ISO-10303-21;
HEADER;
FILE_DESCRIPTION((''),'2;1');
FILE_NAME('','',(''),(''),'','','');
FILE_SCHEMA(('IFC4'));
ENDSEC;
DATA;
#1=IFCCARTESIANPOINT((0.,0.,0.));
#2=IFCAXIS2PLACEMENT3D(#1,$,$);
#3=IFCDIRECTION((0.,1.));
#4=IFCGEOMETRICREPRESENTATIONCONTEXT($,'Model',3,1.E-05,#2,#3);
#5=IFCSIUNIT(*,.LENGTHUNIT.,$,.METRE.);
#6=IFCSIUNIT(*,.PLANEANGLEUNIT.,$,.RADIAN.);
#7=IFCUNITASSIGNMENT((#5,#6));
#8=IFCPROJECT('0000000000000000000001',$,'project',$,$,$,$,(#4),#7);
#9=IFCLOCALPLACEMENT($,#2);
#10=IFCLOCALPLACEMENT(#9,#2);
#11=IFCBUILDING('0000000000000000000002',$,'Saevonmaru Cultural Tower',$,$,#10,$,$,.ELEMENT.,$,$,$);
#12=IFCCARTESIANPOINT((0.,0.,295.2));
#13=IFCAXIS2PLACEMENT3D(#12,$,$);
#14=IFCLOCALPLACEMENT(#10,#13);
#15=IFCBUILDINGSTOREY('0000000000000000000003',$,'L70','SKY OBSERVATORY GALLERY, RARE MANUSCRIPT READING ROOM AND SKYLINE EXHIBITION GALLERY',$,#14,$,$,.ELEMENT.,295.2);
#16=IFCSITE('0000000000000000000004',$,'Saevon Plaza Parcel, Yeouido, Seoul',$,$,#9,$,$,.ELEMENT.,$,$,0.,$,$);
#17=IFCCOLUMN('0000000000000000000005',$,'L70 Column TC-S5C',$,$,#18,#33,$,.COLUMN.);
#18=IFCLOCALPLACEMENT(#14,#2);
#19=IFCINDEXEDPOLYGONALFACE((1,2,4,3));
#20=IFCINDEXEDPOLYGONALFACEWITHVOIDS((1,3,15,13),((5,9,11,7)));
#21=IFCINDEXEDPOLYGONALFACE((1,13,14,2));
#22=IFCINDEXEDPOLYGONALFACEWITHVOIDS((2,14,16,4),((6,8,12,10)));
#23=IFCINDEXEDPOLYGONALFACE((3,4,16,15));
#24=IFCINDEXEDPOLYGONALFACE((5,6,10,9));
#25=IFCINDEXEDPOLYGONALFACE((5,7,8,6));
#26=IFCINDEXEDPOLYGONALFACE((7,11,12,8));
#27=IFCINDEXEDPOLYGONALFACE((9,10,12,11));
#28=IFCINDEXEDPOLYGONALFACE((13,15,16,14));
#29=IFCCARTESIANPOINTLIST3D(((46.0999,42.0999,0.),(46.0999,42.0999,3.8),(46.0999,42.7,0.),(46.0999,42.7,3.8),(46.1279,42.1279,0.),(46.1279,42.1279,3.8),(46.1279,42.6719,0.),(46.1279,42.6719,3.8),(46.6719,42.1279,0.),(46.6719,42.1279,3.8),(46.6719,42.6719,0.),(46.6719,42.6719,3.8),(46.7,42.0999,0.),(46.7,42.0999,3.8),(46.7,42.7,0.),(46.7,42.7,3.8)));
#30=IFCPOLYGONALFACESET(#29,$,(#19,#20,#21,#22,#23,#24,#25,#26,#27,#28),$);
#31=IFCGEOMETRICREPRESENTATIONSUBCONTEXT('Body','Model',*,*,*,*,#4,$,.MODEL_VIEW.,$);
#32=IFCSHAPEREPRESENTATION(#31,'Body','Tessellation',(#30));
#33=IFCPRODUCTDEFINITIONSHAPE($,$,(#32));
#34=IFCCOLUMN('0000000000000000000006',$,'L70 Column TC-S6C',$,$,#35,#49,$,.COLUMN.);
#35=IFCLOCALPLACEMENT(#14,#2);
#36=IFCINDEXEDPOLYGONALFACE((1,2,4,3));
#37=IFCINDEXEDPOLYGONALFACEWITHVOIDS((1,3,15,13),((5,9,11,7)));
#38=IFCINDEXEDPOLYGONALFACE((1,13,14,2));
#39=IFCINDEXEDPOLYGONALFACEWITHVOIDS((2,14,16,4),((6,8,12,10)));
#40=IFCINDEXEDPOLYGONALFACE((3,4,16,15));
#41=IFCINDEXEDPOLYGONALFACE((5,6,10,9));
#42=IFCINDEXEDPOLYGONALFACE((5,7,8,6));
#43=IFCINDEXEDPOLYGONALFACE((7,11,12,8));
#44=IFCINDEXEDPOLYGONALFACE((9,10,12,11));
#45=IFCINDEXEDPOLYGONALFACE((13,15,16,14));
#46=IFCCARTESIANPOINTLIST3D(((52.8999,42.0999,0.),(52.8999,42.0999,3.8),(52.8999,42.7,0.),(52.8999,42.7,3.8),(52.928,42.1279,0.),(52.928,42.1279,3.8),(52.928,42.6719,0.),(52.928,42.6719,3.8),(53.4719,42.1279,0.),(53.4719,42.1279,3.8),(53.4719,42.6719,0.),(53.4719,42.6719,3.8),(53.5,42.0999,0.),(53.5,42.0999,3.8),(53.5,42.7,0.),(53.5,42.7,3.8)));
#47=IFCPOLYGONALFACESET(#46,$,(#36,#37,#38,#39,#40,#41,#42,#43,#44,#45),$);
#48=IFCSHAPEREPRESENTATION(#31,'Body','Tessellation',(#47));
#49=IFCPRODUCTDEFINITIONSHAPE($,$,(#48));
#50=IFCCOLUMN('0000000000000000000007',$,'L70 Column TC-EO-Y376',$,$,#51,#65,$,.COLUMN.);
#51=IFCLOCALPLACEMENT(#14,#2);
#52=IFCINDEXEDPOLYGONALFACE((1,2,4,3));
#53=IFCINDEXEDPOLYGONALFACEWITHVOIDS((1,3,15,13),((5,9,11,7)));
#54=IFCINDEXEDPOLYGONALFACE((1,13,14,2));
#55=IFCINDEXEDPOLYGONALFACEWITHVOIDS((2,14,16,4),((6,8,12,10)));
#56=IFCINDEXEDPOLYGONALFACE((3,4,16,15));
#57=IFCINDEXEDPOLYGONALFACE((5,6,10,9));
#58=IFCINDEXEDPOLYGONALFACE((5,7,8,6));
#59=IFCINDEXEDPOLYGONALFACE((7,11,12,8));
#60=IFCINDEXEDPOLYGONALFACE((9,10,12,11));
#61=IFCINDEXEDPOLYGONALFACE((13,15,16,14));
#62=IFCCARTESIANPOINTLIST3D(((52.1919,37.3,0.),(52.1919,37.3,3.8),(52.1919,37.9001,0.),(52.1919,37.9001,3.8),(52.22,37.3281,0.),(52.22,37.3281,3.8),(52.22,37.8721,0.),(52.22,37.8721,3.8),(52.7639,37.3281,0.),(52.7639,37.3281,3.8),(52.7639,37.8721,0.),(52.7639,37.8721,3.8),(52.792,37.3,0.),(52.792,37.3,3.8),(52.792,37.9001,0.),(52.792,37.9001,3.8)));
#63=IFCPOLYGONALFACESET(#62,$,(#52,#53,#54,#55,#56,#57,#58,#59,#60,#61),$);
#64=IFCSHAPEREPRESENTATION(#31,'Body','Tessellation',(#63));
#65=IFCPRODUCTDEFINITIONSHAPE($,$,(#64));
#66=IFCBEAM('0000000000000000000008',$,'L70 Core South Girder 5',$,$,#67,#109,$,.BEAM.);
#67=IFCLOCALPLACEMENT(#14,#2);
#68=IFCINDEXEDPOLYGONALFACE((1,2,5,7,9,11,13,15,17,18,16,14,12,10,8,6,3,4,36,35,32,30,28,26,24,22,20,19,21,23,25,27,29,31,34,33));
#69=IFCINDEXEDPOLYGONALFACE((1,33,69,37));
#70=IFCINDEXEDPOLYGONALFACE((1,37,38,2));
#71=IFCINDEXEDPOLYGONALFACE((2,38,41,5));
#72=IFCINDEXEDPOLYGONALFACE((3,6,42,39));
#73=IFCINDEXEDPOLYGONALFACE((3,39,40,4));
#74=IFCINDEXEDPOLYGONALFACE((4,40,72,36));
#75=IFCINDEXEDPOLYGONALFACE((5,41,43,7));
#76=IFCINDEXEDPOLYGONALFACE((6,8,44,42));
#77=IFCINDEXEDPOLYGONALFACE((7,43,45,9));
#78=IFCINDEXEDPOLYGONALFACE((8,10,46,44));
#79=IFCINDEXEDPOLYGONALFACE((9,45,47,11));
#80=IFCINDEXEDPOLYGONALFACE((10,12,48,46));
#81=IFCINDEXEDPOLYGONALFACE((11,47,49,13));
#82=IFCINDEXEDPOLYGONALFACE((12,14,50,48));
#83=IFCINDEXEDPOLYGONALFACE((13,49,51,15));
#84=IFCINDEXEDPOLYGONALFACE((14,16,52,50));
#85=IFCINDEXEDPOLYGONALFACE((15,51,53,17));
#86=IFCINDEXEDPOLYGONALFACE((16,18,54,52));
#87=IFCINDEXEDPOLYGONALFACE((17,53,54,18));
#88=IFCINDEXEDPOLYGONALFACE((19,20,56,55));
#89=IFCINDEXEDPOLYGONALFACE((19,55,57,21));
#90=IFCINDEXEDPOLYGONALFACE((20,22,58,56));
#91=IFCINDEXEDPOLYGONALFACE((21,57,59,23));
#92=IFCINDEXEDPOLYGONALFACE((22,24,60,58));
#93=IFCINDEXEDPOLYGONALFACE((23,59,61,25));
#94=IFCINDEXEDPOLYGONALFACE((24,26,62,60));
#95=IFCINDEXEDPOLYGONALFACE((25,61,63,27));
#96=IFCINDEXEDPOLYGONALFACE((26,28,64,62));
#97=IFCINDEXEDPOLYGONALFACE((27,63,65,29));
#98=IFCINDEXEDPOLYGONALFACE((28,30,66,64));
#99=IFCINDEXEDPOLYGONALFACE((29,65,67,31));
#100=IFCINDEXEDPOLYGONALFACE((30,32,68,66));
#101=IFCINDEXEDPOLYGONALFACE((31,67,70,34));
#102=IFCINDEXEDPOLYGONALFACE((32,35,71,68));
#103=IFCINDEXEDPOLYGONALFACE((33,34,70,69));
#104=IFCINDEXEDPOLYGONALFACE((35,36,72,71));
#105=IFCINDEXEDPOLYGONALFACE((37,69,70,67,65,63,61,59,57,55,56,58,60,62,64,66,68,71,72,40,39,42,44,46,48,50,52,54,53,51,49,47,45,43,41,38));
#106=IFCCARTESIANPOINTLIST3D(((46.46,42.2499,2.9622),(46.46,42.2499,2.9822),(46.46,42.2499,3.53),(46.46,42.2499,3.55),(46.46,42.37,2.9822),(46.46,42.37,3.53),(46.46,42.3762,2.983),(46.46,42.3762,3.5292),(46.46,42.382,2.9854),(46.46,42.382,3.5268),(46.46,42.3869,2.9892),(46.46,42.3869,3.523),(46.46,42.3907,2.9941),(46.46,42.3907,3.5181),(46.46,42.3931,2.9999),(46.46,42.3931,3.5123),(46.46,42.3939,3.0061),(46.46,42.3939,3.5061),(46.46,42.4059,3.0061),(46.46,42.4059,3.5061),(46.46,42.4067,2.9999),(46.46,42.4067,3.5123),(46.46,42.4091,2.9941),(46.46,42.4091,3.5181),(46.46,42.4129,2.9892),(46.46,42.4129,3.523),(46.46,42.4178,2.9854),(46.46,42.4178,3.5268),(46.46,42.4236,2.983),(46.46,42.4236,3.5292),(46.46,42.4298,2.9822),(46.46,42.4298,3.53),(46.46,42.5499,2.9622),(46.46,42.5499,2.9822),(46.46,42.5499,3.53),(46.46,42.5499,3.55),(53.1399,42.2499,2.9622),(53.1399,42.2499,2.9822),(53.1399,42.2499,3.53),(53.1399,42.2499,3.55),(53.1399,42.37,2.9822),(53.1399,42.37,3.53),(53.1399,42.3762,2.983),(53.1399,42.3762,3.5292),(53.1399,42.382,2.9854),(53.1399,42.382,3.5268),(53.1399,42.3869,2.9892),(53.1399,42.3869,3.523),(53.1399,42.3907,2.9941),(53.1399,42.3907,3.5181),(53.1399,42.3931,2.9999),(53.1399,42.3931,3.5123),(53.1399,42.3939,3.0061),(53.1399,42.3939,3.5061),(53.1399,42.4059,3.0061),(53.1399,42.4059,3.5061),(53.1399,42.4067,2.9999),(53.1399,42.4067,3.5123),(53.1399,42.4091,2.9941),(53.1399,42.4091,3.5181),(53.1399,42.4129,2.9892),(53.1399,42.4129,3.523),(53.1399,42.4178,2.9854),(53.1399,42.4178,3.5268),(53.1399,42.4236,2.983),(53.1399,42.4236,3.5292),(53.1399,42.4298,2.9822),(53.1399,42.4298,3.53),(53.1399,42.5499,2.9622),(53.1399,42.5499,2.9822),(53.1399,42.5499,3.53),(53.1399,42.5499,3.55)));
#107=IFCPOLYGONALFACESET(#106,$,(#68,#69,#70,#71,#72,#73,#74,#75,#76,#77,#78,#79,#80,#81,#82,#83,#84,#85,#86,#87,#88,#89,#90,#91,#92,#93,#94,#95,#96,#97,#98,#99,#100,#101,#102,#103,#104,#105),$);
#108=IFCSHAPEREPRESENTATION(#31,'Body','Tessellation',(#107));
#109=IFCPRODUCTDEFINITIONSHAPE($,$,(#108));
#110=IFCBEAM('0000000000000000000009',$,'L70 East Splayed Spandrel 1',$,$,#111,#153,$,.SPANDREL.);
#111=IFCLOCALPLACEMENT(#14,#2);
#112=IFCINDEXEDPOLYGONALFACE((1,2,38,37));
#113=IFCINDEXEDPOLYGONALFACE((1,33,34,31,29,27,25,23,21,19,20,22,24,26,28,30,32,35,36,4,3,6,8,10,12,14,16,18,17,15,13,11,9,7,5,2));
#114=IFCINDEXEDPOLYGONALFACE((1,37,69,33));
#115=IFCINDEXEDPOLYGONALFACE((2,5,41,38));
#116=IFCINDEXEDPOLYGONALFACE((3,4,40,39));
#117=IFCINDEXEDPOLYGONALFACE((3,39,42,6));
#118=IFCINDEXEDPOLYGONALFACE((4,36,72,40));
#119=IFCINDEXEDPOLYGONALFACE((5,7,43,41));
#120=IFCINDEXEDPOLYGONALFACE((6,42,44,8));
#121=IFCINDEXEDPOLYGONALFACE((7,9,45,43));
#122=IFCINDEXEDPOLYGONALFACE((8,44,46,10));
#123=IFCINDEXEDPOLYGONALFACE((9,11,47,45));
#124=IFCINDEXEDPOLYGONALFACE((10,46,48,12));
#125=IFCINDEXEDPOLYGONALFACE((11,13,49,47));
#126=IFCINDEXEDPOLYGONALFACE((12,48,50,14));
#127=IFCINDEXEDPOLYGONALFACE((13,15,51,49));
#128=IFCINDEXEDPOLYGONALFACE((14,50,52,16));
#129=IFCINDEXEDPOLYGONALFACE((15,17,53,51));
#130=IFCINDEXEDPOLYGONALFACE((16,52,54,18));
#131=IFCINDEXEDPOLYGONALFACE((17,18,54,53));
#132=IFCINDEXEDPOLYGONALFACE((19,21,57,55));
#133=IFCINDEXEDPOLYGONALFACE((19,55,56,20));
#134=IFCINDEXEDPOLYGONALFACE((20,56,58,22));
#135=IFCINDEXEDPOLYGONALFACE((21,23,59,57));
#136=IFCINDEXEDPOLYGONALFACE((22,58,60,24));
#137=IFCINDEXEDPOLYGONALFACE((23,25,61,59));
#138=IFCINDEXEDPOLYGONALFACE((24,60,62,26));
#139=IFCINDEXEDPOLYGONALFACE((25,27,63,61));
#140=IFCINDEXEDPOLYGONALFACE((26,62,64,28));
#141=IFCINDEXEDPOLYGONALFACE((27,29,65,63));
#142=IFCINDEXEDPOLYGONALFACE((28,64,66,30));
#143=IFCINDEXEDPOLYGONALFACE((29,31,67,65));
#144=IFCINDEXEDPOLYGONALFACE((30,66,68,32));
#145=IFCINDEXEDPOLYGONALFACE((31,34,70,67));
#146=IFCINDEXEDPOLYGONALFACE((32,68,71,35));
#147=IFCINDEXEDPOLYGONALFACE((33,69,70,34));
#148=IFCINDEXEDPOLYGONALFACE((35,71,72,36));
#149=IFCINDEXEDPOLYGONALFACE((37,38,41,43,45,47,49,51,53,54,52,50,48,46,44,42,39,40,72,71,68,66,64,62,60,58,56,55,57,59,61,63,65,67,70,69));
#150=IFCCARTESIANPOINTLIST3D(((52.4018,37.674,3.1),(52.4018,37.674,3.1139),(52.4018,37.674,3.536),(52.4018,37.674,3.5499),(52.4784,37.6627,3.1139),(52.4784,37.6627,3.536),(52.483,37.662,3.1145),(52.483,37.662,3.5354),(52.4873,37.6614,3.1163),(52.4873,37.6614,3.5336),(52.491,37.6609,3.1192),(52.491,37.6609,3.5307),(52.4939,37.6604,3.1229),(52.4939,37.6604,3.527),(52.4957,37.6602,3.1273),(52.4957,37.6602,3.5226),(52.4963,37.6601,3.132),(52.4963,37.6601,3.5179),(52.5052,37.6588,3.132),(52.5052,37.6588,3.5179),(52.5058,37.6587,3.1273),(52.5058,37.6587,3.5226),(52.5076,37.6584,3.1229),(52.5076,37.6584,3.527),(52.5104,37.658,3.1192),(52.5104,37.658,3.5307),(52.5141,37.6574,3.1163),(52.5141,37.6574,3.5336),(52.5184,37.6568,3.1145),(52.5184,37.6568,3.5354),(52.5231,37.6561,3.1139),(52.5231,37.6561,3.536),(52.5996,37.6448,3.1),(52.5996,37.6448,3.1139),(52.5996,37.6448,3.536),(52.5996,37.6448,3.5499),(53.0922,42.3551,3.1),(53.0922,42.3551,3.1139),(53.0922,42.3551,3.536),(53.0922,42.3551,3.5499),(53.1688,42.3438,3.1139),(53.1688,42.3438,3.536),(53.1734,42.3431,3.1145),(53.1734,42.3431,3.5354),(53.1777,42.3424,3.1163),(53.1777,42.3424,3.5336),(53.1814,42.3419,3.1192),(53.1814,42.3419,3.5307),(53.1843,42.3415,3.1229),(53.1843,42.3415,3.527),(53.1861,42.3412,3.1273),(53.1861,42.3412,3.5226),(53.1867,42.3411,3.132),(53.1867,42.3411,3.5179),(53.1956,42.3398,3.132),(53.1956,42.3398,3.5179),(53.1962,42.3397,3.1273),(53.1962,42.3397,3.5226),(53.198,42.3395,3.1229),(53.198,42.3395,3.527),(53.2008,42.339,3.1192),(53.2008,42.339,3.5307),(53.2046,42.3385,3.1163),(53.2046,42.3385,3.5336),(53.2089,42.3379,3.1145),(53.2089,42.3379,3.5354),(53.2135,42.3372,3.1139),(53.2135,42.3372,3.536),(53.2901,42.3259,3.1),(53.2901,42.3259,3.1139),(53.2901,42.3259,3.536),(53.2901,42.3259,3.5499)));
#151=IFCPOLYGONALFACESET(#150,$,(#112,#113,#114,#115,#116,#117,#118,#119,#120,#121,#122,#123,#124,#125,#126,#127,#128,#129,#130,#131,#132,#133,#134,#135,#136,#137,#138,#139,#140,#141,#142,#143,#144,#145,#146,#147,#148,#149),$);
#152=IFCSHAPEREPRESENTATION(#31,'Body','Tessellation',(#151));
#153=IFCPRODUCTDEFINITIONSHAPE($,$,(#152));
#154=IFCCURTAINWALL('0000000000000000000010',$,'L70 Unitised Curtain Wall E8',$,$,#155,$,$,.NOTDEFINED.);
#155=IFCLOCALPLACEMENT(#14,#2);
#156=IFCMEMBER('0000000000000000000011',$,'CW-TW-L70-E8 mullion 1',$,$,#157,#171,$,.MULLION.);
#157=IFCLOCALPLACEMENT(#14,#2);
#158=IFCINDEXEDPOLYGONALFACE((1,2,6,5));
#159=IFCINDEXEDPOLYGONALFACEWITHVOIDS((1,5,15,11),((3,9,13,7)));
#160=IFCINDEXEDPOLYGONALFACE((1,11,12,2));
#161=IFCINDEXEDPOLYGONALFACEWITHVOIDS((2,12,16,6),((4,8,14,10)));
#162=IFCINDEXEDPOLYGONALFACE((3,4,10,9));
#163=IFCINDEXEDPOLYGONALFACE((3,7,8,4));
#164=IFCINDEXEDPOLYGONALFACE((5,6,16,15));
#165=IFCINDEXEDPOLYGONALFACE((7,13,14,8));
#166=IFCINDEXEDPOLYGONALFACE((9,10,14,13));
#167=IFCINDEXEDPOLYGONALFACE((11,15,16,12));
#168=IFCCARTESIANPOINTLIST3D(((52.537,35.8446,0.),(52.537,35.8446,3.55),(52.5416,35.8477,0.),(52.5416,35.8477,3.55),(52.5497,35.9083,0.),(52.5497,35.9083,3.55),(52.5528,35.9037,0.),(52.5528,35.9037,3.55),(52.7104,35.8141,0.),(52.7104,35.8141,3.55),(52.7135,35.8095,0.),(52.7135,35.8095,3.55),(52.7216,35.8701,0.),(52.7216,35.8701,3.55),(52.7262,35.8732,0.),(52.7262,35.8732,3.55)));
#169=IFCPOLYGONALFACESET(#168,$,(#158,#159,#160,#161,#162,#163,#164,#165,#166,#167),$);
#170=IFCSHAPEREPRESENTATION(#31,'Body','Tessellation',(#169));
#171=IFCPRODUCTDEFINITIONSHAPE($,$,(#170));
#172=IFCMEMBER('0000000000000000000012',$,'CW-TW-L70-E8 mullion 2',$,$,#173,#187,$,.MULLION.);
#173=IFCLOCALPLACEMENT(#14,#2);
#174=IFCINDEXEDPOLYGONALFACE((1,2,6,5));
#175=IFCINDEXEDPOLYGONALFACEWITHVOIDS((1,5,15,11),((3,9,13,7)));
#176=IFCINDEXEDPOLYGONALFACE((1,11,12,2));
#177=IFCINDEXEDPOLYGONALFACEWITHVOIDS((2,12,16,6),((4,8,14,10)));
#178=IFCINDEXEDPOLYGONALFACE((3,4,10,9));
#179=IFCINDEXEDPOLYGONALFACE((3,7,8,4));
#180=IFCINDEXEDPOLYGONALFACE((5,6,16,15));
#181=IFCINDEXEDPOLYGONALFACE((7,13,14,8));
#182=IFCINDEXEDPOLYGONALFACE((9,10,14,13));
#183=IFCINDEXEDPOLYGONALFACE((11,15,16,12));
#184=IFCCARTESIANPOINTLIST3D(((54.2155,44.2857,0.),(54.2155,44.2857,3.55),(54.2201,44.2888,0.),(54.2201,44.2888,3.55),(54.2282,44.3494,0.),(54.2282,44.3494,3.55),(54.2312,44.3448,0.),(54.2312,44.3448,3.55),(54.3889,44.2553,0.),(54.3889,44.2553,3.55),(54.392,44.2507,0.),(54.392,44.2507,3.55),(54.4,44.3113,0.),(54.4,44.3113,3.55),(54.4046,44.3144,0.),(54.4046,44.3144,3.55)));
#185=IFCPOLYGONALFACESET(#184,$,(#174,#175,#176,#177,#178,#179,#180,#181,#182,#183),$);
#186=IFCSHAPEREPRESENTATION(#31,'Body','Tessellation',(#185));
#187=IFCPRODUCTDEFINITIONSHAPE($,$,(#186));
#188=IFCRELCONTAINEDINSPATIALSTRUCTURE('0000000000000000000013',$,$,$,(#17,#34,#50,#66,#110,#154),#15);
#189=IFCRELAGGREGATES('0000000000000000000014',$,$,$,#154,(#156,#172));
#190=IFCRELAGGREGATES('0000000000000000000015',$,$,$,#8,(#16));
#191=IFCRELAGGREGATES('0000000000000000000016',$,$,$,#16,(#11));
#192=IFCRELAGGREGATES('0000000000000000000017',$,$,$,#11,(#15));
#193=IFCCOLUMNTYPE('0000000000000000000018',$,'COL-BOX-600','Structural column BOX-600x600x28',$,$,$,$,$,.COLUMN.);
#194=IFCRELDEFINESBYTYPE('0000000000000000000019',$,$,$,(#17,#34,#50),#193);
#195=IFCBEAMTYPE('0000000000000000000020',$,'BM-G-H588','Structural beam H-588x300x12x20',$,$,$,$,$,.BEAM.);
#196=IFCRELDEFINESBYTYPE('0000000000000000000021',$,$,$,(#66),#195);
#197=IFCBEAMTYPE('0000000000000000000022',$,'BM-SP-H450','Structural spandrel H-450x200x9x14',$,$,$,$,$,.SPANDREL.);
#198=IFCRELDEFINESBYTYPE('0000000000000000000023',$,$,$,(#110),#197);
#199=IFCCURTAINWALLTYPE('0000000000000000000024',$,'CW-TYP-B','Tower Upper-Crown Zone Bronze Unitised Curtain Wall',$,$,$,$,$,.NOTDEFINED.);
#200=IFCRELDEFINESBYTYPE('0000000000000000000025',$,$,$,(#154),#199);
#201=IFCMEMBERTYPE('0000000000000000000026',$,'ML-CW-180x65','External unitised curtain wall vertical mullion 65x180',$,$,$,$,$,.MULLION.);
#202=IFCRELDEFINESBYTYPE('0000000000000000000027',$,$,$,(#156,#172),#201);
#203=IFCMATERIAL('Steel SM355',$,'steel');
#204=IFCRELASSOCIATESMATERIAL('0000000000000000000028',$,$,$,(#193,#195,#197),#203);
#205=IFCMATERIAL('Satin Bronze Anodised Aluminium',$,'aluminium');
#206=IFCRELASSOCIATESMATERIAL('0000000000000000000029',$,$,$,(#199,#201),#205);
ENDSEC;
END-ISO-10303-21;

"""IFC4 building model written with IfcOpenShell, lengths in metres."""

from ifc_helpers import new_model, si_unit, direction, frame, origin, origin_2d, place, context, subcontext, project, spatial, hollow_rectangle, i_section, extrude, material, material_profile, profile_set, type_object, element, aggregate, save


model = new_model("IFC4")

# Units and contexts
model_context = context("Model", 3, precision=1e-05, world=origin(), true_north=direction((0.0, 1.0)))
body_context = subcontext(model_context, "Body", "Model", "MODEL_VIEW")
ifc_project = project(units=[si_unit("LENGTHUNIT", "METRE"), si_unit("PLANEANGLEUNIT", "RADIAN")], contexts=[model_context])

# Site, building, storey
site_placement = place(None, origin())
site = spatial("IfcSite", under=ifc_project, at=site_placement, Name="Saevon Plaza Parcel, Yeouido, Seoul", CompositionType="ELEMENT", RefElevation=0.0)
building_placement = place(site_placement, origin())
building = spatial("IfcBuilding", under=site, at=building_placement, Name="Saevonmaru Cultural Tower", CompositionType="ELEMENT")
storey_placement = place(building_placement, frame((0.0, 0.0, 295.2)))
storey = spatial("IfcBuildingStorey", under=building, at=storey_placement, Name="L70", Description="SKY OBSERVATORY GALLERY, RARE MANUSCRIPT READING ROOM AND SKYLINE EXHIBITION GALLERY", CompositionType="ELEMENT", Elevation=295.2)

# Columns
ifc_material_1 = material(Name="Steel SM355", Category="steel")
ifc_material_profile_1 = material_profile(ifc_material_1, hollow_rectangle(XDim=0.6001, YDim=0.6001, WallThickness=0.0281, at=origin_2d()), Name="BOX-600x600x28")
ifc_profile_set_1 = profile_set([ifc_material_profile_1], Name="Steel SM355")
column_type = type_object("IfcColumnType", Name="COL-BOX-600", Description="Structural column BOX-600x600x28", PredefinedType="COLUMN", material=ifc_profile_set_1)
for number, where, z_axis, x_axis, name in (
    (1, (46.3999, 42.3999, 0.0), (0.0, 0.0, 1.0), (1.0, 0.0, 0.0), "L70 Column TC-S5C"),
    (2, (53.2, 42.3999, 0.0), (0.0, 0.0, 1.0), (1.0, 0.0, 0.0), "L70 Column TC-S6C"),
    (3, (52.4919, 37.6001, 0.0), (0.0, 0.0, 1.0), (1.0, 0.0, 0.0), "L70 Column TC-EO-Y376"),
):
    element("IfcColumn", number, at=place(storey_placement, frame(where, z_axis=z_axis, x_axis=x_axis)), inside=storey, type_object=column_type, Name=name, PredefinedType="COLUMN", context=body_context, shape_type="SweptSolid", body=[
        extrude(hollow_rectangle(XDim=0.6001, YDim=0.6001, WallThickness=0.0281, at=origin_2d()), origin(), (0.0, 0.0, 1.0), 3.8),
    ])

# Beams
ifc_material_profile_2 = material_profile(ifc_material_1, i_section(OverallWidth=0.3, OverallDepth=0.5879, WebThickness=0.012, FlangeThickness=0.02, FilletRadius=0.0239, at=origin_2d()), Name="H-588x300x12x20")
ifc_profile_set_2 = profile_set([ifc_material_profile_2], Name="Steel SM355")
beam_type_1 = type_object("IfcBeamType", Name="BM-G-H588", Description="Structural beam H-588x300x12x20", PredefinedType="BEAM", material=ifc_profile_set_2)
beam_1_placement = place(storey_placement, frame((46.46, 42.3999, 3.2561), z_axis=(1.0, 0.0, 0.0), x_axis=(0.0, 1.0, 0.0)))
element("IfcBeam", 4, at=beam_1_placement, inside=storey, type_object=beam_type_1, Name="L70 Core South Girder 5", PredefinedType="BEAM", context=body_context, shape_type="SweptSolid", body=[
    extrude(i_section(OverallWidth=0.3, OverallDepth=0.5879, WebThickness=0.012, FlangeThickness=0.02, FilletRadius=0.0239, at=origin_2d()), origin(), (0.0, 0.0, 1.0), 6.6799),
])
ifc_material_profile_3 = material_profile(ifc_material_1, i_section(OverallWidth=0.2, OverallDepth=0.45, WebThickness=0.009, FlangeThickness=0.0139, FilletRadius=0.0181, at=origin_2d()), Name="H-450x200x9x14")
ifc_profile_set_3 = profile_set([ifc_material_profile_3], Name="Steel SM355")
beam_type_2 = type_object("IfcBeamType", Name="BM-SP-H450", Description="Structural spandrel H-450x200x9x14", PredefinedType="SPANDREL", material=ifc_profile_set_3)
beam_2_placement = place(storey_placement, frame((52.5007, 37.6594, 3.325), z_axis=(0.145913, 0.989297, 0.0), x_axis=(-0.989297, 0.145913, 0.0)))
element("IfcBeam", 5, at=beam_2_placement, inside=storey, type_object=beam_type_2, Name="L70 East Splayed Spandrel 1", PredefinedType="SPANDREL", context=body_context, shape_type="SweptSolid", body=[
    extrude(i_section(OverallWidth=0.2, OverallDepth=0.45, WebThickness=0.009, FlangeThickness=0.0139, FilletRadius=0.0181, at=origin_2d()), origin(), (0.0, 0.0, 1.0), 4.7317),
])

# Curtain wall, members
ifc_material_2 = material(Name="Satin Bronze Anodised Aluminium", Category="aluminium")
curtain_wall_type = type_object("IfcCurtainWallType", Name="CW-TYP-B", Description="Tower Upper-Crown Zone Bronze Unitised Curtain Wall", PredefinedType="NOTDEFINED", material=ifc_material_2)
curtain_wall_placement = place(storey_placement, origin())
curtain_wall = element("IfcCurtainWall", 6, at=curtain_wall_placement, inside=storey, type_object=curtain_wall_type, Name="L70 Unitised Curtain Wall E8", PredefinedType="NOTDEFINED")
ifc_material_profile_4 = material_profile(ifc_material_2, hollow_rectangle(XDim=0.0649, YDim=0.1799, WallThickness=0.0039, at=origin_2d()), Name="ALU-MULL-180x65x4")
ifc_profile_set_4 = profile_set([ifc_material_profile_4], Name="Satin Bronze Anodised Aluminium")
member_type_1 = type_object("IfcMemberType", Name="ML-CW-180x65", Description="External unitised curtain wall vertical mullion 65x180", PredefinedType="MULLION", material=ifc_profile_set_4)
member_1_placement = place(storey_placement, frame((52.6316, 35.8589, 0.0), z_axis=(0.0, 0.0, 1.0), x_axis=(0.195005, 0.980802, 0.0)))
member_1 = element("IfcMember", 7, at=member_1_placement, type_object=member_type_1, Name="CW-TW-L70-E8 mullion 1", PredefinedType="MULLION", context=body_context, shape_type="SweptSolid", body=[
    extrude(hollow_rectangle(XDim=0.0649, YDim=0.1799, WallThickness=0.0039, at=origin_2d()), origin(), (0.0, 0.0, 1.0), 3.55),
])
member_2_placement = place(storey_placement, frame((54.3101, 44.3, 0.0), z_axis=(0.0, 0.0, 1.0), x_axis=(0.195005, 0.980802, 0.0)))
member_2 = element("IfcMember", 8, at=member_2_placement, type_object=member_type_1, Name="CW-TW-L70-E8 mullion 2", PredefinedType="MULLION", context=body_context, shape_type="SweptSolid", body=[
    extrude(hollow_rectangle(XDim=0.0649, YDim=0.1799, WallThickness=0.0039, at=origin_2d()), origin(), (0.0, 0.0, 1.0), 3.55),
])
aggregate(curtain_wall, [member_1, member_2])

save(model, "model.ifc")
